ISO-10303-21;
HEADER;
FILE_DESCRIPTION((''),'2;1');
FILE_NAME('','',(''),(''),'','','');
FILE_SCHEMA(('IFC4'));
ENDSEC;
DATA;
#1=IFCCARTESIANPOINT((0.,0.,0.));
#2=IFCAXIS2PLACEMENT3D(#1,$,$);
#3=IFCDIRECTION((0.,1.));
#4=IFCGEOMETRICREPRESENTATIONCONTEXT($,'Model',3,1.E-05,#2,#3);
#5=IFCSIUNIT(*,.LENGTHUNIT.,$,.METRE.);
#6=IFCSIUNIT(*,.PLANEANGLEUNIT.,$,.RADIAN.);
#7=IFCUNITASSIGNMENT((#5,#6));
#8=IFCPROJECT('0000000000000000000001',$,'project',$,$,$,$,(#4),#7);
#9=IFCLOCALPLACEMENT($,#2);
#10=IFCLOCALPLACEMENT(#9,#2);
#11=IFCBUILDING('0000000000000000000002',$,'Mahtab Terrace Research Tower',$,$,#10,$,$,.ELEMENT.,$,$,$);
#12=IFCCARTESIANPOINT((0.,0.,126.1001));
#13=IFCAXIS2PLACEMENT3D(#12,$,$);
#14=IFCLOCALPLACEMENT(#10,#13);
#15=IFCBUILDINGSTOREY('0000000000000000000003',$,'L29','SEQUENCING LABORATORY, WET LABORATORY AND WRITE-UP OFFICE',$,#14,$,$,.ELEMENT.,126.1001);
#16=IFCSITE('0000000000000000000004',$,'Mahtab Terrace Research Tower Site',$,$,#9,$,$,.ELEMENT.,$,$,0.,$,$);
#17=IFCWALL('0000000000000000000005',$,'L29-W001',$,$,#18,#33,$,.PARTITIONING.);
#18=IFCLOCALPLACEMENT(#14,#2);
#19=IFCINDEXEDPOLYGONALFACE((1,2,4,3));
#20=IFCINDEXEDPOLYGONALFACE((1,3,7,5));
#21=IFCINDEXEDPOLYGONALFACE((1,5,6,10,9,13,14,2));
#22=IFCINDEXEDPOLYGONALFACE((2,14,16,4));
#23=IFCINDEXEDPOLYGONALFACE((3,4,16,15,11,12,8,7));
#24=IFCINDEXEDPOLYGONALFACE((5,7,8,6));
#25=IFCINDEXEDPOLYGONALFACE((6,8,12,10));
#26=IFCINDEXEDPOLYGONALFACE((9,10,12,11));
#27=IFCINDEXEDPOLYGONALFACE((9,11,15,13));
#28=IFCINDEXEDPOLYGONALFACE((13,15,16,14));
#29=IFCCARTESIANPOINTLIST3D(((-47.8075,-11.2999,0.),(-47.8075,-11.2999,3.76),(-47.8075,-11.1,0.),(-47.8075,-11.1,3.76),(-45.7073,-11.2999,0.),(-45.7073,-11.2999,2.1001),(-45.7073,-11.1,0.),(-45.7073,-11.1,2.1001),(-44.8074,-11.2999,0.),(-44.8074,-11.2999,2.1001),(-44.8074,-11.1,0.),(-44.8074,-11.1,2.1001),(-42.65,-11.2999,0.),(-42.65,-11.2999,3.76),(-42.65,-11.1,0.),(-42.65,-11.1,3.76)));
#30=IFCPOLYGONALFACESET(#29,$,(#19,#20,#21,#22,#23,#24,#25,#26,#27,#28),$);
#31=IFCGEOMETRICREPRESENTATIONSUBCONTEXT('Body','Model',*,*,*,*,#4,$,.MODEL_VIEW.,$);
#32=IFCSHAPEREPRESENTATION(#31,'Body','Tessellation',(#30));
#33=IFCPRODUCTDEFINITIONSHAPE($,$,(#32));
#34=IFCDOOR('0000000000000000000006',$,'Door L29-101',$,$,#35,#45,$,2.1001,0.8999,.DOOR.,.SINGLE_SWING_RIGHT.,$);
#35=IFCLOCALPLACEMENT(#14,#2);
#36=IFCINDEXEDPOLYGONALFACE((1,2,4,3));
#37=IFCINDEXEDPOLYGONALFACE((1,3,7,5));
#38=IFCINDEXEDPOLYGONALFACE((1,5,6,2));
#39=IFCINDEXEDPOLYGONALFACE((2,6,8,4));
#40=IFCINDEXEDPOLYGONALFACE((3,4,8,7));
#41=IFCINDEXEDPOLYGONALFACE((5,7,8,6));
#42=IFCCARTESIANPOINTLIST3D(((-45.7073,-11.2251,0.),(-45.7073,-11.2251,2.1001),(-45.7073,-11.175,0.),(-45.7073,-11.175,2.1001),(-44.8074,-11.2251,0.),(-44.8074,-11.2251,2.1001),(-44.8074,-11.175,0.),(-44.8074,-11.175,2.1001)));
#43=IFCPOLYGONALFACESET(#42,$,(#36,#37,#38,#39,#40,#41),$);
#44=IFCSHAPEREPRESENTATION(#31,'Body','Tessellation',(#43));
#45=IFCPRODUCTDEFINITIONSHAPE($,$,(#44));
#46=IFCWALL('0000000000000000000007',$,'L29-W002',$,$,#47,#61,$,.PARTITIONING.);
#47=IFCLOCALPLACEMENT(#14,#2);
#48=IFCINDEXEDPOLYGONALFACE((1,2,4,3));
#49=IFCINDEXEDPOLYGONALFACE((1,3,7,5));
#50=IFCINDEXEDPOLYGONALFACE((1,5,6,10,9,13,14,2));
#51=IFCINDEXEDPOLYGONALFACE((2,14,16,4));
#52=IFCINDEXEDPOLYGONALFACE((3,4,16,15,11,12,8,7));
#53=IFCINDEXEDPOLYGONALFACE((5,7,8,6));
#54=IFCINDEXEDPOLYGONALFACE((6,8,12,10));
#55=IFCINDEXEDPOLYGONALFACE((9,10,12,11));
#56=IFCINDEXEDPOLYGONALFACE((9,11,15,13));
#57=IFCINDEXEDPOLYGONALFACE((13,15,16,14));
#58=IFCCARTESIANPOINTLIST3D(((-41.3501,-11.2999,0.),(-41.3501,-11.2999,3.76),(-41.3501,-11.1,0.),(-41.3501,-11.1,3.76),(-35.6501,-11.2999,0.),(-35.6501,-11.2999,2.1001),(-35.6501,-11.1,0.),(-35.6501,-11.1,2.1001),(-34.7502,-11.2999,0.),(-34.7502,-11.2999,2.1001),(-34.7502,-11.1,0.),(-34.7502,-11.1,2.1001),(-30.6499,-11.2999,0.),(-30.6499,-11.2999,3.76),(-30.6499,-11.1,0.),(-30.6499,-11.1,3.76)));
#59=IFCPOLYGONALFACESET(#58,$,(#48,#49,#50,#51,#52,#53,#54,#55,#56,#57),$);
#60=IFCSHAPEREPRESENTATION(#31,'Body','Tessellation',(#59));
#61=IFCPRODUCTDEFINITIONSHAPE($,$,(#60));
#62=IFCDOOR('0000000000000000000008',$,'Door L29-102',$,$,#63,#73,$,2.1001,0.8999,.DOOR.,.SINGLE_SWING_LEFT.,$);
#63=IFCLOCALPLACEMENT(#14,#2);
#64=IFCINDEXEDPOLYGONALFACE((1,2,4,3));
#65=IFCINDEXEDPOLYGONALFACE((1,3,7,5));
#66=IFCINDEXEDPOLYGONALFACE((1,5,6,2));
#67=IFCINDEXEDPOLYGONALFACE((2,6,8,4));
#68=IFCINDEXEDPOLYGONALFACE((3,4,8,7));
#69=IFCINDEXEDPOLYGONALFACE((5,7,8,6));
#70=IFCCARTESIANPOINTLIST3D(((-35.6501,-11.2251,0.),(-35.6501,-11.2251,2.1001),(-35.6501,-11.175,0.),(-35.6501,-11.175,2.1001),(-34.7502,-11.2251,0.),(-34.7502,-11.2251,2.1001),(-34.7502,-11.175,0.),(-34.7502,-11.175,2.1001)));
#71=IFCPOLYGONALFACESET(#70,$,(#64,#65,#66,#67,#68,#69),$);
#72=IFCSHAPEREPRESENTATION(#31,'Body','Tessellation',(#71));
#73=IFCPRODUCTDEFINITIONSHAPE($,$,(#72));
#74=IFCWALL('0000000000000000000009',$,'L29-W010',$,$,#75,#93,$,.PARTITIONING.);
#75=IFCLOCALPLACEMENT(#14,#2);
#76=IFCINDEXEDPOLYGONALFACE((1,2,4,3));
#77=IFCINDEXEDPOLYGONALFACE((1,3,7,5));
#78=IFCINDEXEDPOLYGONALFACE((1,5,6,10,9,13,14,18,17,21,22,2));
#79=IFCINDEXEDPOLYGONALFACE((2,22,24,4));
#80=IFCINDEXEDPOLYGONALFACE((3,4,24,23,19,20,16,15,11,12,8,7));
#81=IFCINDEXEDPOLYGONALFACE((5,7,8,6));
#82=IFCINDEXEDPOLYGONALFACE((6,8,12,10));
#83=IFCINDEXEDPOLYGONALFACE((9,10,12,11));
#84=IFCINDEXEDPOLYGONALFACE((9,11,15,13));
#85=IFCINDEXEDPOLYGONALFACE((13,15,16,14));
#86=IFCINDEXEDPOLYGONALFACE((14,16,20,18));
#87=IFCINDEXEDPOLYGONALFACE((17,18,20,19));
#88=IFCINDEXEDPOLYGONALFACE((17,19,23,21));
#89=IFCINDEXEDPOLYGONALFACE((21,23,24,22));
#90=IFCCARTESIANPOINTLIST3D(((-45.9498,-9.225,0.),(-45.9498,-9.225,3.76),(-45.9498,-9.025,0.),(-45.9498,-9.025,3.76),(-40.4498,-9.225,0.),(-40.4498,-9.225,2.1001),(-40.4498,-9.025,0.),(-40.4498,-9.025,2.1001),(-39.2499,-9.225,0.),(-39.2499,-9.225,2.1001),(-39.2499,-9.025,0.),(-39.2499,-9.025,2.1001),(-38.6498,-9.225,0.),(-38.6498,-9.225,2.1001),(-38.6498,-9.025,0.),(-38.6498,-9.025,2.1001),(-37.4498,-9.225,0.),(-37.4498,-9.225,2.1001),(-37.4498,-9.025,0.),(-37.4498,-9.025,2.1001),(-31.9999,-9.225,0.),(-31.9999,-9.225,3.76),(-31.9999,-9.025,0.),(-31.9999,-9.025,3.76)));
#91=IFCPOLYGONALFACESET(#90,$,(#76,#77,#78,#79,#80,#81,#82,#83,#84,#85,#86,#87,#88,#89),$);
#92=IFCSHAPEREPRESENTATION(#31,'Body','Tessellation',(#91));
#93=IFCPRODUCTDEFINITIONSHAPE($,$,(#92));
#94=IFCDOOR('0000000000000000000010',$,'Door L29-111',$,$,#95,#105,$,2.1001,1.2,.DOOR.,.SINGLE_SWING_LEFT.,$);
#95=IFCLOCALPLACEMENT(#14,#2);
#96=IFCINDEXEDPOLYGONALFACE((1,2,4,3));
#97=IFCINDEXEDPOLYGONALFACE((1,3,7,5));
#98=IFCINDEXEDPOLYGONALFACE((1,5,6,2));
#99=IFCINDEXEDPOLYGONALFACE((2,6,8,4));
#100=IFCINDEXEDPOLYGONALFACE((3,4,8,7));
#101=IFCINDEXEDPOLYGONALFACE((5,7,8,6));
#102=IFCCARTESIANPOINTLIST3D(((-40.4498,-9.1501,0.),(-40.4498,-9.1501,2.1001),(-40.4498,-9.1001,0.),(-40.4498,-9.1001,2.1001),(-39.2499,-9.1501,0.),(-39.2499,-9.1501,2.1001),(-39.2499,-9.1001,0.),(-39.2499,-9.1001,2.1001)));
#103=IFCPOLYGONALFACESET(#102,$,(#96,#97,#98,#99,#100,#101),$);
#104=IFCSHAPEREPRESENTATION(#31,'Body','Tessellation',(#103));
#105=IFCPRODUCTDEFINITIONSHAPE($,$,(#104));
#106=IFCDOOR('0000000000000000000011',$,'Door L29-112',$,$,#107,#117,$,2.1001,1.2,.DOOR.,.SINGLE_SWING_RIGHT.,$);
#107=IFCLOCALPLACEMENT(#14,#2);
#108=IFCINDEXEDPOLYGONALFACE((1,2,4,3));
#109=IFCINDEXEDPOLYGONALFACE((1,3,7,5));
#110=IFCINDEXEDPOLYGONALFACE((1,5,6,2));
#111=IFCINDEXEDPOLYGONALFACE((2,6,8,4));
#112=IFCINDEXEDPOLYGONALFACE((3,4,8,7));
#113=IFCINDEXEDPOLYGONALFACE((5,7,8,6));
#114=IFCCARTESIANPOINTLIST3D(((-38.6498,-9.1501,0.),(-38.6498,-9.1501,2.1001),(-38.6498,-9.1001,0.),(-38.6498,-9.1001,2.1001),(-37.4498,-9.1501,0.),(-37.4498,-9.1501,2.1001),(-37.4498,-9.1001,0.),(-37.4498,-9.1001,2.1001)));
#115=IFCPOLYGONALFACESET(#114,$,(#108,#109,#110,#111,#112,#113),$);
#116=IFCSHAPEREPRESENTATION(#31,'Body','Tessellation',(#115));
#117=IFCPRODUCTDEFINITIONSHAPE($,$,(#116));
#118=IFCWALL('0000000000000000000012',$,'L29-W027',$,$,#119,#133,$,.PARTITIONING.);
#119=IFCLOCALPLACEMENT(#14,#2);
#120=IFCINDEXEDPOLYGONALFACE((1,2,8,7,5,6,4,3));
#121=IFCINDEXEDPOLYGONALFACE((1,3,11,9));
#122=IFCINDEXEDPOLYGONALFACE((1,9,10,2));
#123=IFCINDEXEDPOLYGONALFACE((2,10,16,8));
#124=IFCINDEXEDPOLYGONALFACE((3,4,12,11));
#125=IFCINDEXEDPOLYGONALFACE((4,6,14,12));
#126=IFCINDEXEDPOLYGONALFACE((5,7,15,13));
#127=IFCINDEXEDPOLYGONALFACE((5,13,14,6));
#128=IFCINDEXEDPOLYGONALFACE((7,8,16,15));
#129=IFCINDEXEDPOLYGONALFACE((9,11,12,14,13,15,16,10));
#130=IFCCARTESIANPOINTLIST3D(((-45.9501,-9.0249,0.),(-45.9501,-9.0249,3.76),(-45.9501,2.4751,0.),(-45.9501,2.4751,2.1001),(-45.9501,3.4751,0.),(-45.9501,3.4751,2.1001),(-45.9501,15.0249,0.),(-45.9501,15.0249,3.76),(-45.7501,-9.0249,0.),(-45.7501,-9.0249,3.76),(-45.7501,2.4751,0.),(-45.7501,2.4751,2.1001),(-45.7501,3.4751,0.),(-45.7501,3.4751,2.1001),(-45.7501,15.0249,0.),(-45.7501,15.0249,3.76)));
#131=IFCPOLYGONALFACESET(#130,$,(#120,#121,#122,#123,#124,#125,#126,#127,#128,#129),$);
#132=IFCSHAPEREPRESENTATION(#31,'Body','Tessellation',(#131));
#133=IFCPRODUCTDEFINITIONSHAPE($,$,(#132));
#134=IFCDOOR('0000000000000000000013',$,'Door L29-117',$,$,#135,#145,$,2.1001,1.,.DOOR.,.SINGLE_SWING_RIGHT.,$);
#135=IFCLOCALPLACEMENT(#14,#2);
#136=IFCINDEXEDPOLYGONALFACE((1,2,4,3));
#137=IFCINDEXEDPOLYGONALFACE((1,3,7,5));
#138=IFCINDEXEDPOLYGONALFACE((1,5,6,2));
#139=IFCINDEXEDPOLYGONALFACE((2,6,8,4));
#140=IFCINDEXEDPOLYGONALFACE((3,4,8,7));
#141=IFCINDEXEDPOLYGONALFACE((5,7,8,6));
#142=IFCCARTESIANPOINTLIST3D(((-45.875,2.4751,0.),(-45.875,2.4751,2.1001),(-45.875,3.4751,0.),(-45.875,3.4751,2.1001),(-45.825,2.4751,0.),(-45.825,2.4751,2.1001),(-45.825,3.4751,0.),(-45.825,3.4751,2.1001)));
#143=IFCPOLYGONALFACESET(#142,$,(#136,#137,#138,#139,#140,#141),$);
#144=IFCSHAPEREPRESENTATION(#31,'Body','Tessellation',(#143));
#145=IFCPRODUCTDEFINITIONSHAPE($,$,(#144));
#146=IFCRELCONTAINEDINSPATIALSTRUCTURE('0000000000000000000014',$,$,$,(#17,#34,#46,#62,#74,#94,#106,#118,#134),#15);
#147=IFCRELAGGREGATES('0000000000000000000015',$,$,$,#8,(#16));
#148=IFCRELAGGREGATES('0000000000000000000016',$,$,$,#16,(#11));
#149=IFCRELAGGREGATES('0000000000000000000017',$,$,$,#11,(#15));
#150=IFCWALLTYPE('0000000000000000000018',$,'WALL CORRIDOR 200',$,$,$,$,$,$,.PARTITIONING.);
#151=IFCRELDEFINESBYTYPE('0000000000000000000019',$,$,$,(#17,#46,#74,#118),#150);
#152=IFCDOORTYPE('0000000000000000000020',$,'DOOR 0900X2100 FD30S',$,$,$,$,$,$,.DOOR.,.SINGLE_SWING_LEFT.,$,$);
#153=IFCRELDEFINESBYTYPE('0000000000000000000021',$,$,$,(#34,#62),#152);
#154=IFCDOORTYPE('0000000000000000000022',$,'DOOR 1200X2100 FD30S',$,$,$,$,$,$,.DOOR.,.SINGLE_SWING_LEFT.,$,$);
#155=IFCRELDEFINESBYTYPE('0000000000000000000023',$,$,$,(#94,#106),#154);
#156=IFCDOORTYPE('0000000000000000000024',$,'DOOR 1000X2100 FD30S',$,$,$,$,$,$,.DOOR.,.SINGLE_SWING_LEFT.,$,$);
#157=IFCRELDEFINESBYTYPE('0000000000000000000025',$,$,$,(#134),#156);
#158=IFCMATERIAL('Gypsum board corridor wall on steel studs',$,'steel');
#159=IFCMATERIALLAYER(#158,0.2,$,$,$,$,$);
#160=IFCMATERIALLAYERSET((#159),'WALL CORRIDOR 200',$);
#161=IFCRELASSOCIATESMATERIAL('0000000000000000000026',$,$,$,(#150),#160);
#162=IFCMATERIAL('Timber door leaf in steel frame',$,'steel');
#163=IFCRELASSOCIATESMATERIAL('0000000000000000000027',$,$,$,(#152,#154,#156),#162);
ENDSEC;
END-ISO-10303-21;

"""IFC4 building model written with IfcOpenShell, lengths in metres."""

from ifc_helpers import new_model, si_unit, direction, frame, frame_2d, origin, place, context, subcontext, project, spatial, rectangle, extrude, material, layer, layer_set, type_object, element, fill, save


model = new_model("IFC4")

# Units and contexts
model_context = context("Model", 3, precision=1e-05, world=origin(), true_north=direction((0.0, 1.0)))
body_context = subcontext(model_context, "Body", "Model", "MODEL_VIEW")
ifc_project = project(units=[si_unit("LENGTHUNIT", "METRE"), si_unit("PLANEANGLEUNIT", "RADIAN")], contexts=[model_context])

# Site, building, storey
site_placement = place(None, origin())
site = spatial("IfcSite", under=ifc_project, at=site_placement, Name="Mahtab Terrace Research Tower Site", CompositionType="ELEMENT", RefElevation=0.0)
building_placement = place(site_placement, origin())
building = spatial("IfcBuilding", under=site, at=building_placement, Name="Mahtab Terrace Research Tower", CompositionType="ELEMENT")
storey_placement = place(building_placement, frame((0.0, 0.0, 126.1001)))
storey = spatial("IfcBuildingStorey", under=building, at=storey_placement, Name="L29", Description="SEQUENCING LABORATORY, WET LABORATORY AND WRITE-UP OFFICE", CompositionType="ELEMENT", Elevation=126.1001)

# Walls, openings, doors
ifc_material_1 = material(Name="Gypsum board corridor wall on steel studs", Category="steel")
ifc_layer_1 = layer(ifc_material_1, 0.2)
ifc_layer_set_1 = layer_set([ifc_layer_1], Name="WALL CORRIDOR 200")
wall_type_1 = type_object("IfcWallType", Name="WALL CORRIDOR 200", PredefinedType="PARTITIONING", material=ifc_layer_set_1)
wall_1_placement = place(storey_placement, frame((-47.8074, -11.2, 0.0), z_axis=(0.0, 0.0, 1.0), x_axis=(1.0, 0.0, 0.0)))
wall_1 = element("IfcWall", 1, at=wall_1_placement, inside=storey, type_object=wall_type_1, Name="L29-W001", PredefinedType="PARTITIONING", context=body_context, shape_type="SweptSolid", body=[
    extrude(rectangle(XDim=5.1575, YDim=0.2, at=frame_2d((2.5786, 0.0))), origin(), (0.0, 0.0, 1.0), 3.76),
])
opening_1_placement = place(wall_1_placement, frame((2.1001, 0.0, 0.0)))
opening_1 = element("IfcOpeningElement", 2, at=opening_1_placement, cuts=wall_1, PredefinedType="OPENING", context=body_context, shape_type="SweptSolid", body=[
    extrude(rectangle(XDim=0.8999, YDim=2.1001, at=frame_2d((0.45, 1.05))), frame((0.0, 0.1099, 0.0), z_axis=(0.0, -1.0, 0.0), x_axis=(1.0, 0.0, 0.0)), (0.0, 0.0, 1.0), 0.22),
])
ifc_material_2 = material(Name="Timber door leaf in steel frame", Category="steel")
door_type_1 = type_object("IfcDoorType", Name="DOOR 0900X2100 FD30S", OperationType="SINGLE_SWING_LEFT", PredefinedType="DOOR", material=ifc_material_2)
door_1_placement = place(opening_1_placement, origin())
door_1 = element("IfcDoor", 3, at=door_1_placement, inside=storey, type_object=door_type_1, Name="Door L29-101", OperationType="SINGLE_SWING_RIGHT", OverallHeight=2.1001, OverallWidth=0.8999, PredefinedType="DOOR", context=body_context, shape_type="SweptSolid", body=[
    extrude(rectangle(XDim=0.8999, YDim=2.1001, at=frame_2d((0.45, 1.05))), frame((0.0, 0.0249, 0.0), z_axis=(0.0, -1.0, 0.0), x_axis=(1.0, 0.0, 0.0)), (0.0, 0.0, 1.0), 0.05),
])
fill(opening_1, door_1)
wall_2_placement = place(storey_placement, frame((-41.3501, -11.2, 0.0), z_axis=(0.0, 0.0, 1.0), x_axis=(1.0, 0.0, 0.0)))
wall_2 = element("IfcWall", 4, at=wall_2_placement, inside=storey, type_object=wall_type_1, Name="L29-W002", PredefinedType="PARTITIONING", context=body_context, shape_type="SweptSolid", body=[
    extrude(rectangle(XDim=10.7002, YDim=0.2, at=frame_2d((5.3501, 0.0))), origin(), (0.0, 0.0, 1.0), 3.76),
])
opening_2_placement = place(wall_2_placement, frame((5.7, 0.0, 0.0)))
opening_2 = element("IfcOpeningElement", 5, at=opening_2_placement, cuts=wall_2, PredefinedType="OPENING", context=body_context, shape_type="SweptSolid", body=[
    extrude(rectangle(XDim=0.8999, YDim=2.1001, at=frame_2d((0.45, 1.05))), frame((0.0, 0.1099, 0.0), z_axis=(0.0, -1.0, 0.0), x_axis=(1.0, 0.0, 0.0)), (0.0, 0.0, 1.0), 0.22),
])
door_2_placement = place(opening_2_placement, origin())
door_2 = element("IfcDoor", 6, at=door_2_placement, inside=storey, type_object=door_type_1, Name="Door L29-102", OperationType="SINGLE_SWING_LEFT", OverallHeight=2.1001, OverallWidth=0.8999, PredefinedType="DOOR", context=body_context, shape_type="SweptSolid", body=[
    extrude(rectangle(XDim=0.8999, YDim=2.1001, at=frame_2d((0.45, 1.05))), frame((0.0, 0.0249, 0.0), z_axis=(0.0, -1.0, 0.0), x_axis=(1.0, 0.0, 0.0)), (0.0, 0.0, 1.0), 0.05),
])
fill(opening_2, door_2)

# Wall, openings, doors
wall_3_placement = place(storey_placement, frame((-45.95, -9.125, 0.0), z_axis=(0.0, 0.0, 1.0), x_axis=(1.0, 0.0, 0.0)))
wall_3 = element("IfcWall", 7, at=wall_3_placement, inside=storey, type_object=wall_type_1, Name="L29-W010", PredefinedType="PARTITIONING", context=body_context, shape_type="SweptSolid", body=[
    extrude(rectangle(XDim=13.95, YDim=0.2, at=frame_2d((6.9751, 0.0))), origin(), (0.0, 0.0, 1.0), 3.76),
])
opening_3_placement = place(wall_3_placement, frame((5.5, 0.0, 0.0)))
opening_3 = element("IfcOpeningElement", 8, at=opening_3_placement, cuts=wall_3, PredefinedType="OPENING", context=body_context, shape_type="SweptSolid", body=[
    extrude(rectangle(XDim=1.2, YDim=2.1001, at=frame_2d((0.6001, 1.05))), frame((0.0, 0.1099, 0.0), z_axis=(0.0, -1.0, 0.0), x_axis=(1.0, 0.0, 0.0)), (0.0, 0.0, 1.0), 0.22),
])
opening_4_placement = place(wall_3_placement, frame((7.3, 0.0, 0.0)))
opening_4 = element("IfcOpeningElement", 9, at=opening_4_placement, cuts=wall_3, PredefinedType="OPENING", context=body_context, shape_type="SweptSolid", body=[
    extrude(rectangle(XDim=1.2, YDim=2.1001, at=frame_2d((0.6001, 1.05))), frame((0.0, 0.1099, 0.0), z_axis=(0.0, -1.0, 0.0), x_axis=(1.0, 0.0, 0.0)), (0.0, 0.0, 1.0), 0.22),
])
door_type_2 = type_object("IfcDoorType", Name="DOOR 1200X2100 FD30S", OperationType="SINGLE_SWING_LEFT", PredefinedType="DOOR", material=ifc_material_2)
door_3_placement = place(opening_3_placement, origin())
door_3 = element("IfcDoor", 10, at=door_3_placement, inside=storey, type_object=door_type_2, Name="Door L29-111", OperationType="SINGLE_SWING_LEFT", OverallHeight=2.1001, OverallWidth=1.2, PredefinedType="DOOR", context=body_context, shape_type="SweptSolid", body=[
    extrude(rectangle(XDim=1.2, YDim=2.1001, at=frame_2d((0.6001, 1.05))), frame((0.0, 0.0249, 0.0), z_axis=(0.0, -1.0, 0.0), x_axis=(1.0, 0.0, 0.0)), (0.0, 0.0, 1.0), 0.05),
])
fill(opening_3, door_3)
door_4_placement = place(opening_4_placement, origin())
door_4 = element("IfcDoor", 11, at=door_4_placement, inside=storey, type_object=door_type_2, Name="Door L29-112", OperationType="SINGLE_SWING_RIGHT", OverallHeight=2.1001, OverallWidth=1.2, PredefinedType="DOOR", context=body_context, shape_type="SweptSolid", body=[
    extrude(rectangle(XDim=1.2, YDim=2.1001, at=frame_2d((0.6001, 1.05))), frame((0.0, 0.0249, 0.0), z_axis=(0.0, -1.0, 0.0), x_axis=(1.0, 0.0, 0.0)), (0.0, 0.0, 1.0), 0.05),
])
fill(opening_4, door_4)

# Wall, opening, door
wall_4_placement = place(storey_placement, frame((-45.8501, -9.0249, 0.0), z_axis=(0.0, 0.0, 1.0), x_axis=(0.0, 1.0, 0.0)))
wall_4 = element("IfcWall", 12, at=wall_4_placement, inside=storey, type_object=wall_type_1, Name="L29-W027", PredefinedType="PARTITIONING", context=body_context, shape_type="SweptSolid", body=[
    extrude(rectangle(XDim=24.0498, YDim=0.2, at=frame_2d((12.0249, 0.0))), origin(), (0.0, 0.0, 1.0), 3.76),
])
opening_5_placement = place(wall_4_placement, frame((11.5, 0.0, 0.0)))
opening_5 = element("IfcOpeningElement", 13, at=opening_5_placement, cuts=wall_4, PredefinedType="OPENING", context=body_context, shape_type="SweptSolid", body=[
    extrude(rectangle(XDim=1.0, YDim=2.1001, at=frame_2d((0.5, 1.05))), frame((0.0, 0.1099, 0.0), z_axis=(0.0, -1.0, 0.0), x_axis=(1.0, 0.0, 0.0)), (0.0, 0.0, 1.0), 0.22),
])
door_type_3 = type_object("IfcDoorType", Name="DOOR 1000X2100 FD30S", OperationType="SINGLE_SWING_LEFT", PredefinedType="DOOR", material=ifc_material_2)
door_5_placement = place(opening_5_placement, origin())
door_5 = element("IfcDoor", 14, at=door_5_placement, inside=storey, type_object=door_type_3, Name="Door L29-117", OperationType="SINGLE_SWING_RIGHT", OverallHeight=2.1001, OverallWidth=1.0, PredefinedType="DOOR", context=body_context, shape_type="SweptSolid", body=[
    extrude(rectangle(XDim=1.0, YDim=2.1001, at=frame_2d((0.5, 1.05))), frame((0.0, 0.0249, 0.0), z_axis=(0.0, -1.0, 0.0), x_axis=(1.0, 0.0, 0.0)), (0.0, 0.0, 1.0), 0.05),
])
fill(opening_5, door_5)

save(model, "model.ifc")
